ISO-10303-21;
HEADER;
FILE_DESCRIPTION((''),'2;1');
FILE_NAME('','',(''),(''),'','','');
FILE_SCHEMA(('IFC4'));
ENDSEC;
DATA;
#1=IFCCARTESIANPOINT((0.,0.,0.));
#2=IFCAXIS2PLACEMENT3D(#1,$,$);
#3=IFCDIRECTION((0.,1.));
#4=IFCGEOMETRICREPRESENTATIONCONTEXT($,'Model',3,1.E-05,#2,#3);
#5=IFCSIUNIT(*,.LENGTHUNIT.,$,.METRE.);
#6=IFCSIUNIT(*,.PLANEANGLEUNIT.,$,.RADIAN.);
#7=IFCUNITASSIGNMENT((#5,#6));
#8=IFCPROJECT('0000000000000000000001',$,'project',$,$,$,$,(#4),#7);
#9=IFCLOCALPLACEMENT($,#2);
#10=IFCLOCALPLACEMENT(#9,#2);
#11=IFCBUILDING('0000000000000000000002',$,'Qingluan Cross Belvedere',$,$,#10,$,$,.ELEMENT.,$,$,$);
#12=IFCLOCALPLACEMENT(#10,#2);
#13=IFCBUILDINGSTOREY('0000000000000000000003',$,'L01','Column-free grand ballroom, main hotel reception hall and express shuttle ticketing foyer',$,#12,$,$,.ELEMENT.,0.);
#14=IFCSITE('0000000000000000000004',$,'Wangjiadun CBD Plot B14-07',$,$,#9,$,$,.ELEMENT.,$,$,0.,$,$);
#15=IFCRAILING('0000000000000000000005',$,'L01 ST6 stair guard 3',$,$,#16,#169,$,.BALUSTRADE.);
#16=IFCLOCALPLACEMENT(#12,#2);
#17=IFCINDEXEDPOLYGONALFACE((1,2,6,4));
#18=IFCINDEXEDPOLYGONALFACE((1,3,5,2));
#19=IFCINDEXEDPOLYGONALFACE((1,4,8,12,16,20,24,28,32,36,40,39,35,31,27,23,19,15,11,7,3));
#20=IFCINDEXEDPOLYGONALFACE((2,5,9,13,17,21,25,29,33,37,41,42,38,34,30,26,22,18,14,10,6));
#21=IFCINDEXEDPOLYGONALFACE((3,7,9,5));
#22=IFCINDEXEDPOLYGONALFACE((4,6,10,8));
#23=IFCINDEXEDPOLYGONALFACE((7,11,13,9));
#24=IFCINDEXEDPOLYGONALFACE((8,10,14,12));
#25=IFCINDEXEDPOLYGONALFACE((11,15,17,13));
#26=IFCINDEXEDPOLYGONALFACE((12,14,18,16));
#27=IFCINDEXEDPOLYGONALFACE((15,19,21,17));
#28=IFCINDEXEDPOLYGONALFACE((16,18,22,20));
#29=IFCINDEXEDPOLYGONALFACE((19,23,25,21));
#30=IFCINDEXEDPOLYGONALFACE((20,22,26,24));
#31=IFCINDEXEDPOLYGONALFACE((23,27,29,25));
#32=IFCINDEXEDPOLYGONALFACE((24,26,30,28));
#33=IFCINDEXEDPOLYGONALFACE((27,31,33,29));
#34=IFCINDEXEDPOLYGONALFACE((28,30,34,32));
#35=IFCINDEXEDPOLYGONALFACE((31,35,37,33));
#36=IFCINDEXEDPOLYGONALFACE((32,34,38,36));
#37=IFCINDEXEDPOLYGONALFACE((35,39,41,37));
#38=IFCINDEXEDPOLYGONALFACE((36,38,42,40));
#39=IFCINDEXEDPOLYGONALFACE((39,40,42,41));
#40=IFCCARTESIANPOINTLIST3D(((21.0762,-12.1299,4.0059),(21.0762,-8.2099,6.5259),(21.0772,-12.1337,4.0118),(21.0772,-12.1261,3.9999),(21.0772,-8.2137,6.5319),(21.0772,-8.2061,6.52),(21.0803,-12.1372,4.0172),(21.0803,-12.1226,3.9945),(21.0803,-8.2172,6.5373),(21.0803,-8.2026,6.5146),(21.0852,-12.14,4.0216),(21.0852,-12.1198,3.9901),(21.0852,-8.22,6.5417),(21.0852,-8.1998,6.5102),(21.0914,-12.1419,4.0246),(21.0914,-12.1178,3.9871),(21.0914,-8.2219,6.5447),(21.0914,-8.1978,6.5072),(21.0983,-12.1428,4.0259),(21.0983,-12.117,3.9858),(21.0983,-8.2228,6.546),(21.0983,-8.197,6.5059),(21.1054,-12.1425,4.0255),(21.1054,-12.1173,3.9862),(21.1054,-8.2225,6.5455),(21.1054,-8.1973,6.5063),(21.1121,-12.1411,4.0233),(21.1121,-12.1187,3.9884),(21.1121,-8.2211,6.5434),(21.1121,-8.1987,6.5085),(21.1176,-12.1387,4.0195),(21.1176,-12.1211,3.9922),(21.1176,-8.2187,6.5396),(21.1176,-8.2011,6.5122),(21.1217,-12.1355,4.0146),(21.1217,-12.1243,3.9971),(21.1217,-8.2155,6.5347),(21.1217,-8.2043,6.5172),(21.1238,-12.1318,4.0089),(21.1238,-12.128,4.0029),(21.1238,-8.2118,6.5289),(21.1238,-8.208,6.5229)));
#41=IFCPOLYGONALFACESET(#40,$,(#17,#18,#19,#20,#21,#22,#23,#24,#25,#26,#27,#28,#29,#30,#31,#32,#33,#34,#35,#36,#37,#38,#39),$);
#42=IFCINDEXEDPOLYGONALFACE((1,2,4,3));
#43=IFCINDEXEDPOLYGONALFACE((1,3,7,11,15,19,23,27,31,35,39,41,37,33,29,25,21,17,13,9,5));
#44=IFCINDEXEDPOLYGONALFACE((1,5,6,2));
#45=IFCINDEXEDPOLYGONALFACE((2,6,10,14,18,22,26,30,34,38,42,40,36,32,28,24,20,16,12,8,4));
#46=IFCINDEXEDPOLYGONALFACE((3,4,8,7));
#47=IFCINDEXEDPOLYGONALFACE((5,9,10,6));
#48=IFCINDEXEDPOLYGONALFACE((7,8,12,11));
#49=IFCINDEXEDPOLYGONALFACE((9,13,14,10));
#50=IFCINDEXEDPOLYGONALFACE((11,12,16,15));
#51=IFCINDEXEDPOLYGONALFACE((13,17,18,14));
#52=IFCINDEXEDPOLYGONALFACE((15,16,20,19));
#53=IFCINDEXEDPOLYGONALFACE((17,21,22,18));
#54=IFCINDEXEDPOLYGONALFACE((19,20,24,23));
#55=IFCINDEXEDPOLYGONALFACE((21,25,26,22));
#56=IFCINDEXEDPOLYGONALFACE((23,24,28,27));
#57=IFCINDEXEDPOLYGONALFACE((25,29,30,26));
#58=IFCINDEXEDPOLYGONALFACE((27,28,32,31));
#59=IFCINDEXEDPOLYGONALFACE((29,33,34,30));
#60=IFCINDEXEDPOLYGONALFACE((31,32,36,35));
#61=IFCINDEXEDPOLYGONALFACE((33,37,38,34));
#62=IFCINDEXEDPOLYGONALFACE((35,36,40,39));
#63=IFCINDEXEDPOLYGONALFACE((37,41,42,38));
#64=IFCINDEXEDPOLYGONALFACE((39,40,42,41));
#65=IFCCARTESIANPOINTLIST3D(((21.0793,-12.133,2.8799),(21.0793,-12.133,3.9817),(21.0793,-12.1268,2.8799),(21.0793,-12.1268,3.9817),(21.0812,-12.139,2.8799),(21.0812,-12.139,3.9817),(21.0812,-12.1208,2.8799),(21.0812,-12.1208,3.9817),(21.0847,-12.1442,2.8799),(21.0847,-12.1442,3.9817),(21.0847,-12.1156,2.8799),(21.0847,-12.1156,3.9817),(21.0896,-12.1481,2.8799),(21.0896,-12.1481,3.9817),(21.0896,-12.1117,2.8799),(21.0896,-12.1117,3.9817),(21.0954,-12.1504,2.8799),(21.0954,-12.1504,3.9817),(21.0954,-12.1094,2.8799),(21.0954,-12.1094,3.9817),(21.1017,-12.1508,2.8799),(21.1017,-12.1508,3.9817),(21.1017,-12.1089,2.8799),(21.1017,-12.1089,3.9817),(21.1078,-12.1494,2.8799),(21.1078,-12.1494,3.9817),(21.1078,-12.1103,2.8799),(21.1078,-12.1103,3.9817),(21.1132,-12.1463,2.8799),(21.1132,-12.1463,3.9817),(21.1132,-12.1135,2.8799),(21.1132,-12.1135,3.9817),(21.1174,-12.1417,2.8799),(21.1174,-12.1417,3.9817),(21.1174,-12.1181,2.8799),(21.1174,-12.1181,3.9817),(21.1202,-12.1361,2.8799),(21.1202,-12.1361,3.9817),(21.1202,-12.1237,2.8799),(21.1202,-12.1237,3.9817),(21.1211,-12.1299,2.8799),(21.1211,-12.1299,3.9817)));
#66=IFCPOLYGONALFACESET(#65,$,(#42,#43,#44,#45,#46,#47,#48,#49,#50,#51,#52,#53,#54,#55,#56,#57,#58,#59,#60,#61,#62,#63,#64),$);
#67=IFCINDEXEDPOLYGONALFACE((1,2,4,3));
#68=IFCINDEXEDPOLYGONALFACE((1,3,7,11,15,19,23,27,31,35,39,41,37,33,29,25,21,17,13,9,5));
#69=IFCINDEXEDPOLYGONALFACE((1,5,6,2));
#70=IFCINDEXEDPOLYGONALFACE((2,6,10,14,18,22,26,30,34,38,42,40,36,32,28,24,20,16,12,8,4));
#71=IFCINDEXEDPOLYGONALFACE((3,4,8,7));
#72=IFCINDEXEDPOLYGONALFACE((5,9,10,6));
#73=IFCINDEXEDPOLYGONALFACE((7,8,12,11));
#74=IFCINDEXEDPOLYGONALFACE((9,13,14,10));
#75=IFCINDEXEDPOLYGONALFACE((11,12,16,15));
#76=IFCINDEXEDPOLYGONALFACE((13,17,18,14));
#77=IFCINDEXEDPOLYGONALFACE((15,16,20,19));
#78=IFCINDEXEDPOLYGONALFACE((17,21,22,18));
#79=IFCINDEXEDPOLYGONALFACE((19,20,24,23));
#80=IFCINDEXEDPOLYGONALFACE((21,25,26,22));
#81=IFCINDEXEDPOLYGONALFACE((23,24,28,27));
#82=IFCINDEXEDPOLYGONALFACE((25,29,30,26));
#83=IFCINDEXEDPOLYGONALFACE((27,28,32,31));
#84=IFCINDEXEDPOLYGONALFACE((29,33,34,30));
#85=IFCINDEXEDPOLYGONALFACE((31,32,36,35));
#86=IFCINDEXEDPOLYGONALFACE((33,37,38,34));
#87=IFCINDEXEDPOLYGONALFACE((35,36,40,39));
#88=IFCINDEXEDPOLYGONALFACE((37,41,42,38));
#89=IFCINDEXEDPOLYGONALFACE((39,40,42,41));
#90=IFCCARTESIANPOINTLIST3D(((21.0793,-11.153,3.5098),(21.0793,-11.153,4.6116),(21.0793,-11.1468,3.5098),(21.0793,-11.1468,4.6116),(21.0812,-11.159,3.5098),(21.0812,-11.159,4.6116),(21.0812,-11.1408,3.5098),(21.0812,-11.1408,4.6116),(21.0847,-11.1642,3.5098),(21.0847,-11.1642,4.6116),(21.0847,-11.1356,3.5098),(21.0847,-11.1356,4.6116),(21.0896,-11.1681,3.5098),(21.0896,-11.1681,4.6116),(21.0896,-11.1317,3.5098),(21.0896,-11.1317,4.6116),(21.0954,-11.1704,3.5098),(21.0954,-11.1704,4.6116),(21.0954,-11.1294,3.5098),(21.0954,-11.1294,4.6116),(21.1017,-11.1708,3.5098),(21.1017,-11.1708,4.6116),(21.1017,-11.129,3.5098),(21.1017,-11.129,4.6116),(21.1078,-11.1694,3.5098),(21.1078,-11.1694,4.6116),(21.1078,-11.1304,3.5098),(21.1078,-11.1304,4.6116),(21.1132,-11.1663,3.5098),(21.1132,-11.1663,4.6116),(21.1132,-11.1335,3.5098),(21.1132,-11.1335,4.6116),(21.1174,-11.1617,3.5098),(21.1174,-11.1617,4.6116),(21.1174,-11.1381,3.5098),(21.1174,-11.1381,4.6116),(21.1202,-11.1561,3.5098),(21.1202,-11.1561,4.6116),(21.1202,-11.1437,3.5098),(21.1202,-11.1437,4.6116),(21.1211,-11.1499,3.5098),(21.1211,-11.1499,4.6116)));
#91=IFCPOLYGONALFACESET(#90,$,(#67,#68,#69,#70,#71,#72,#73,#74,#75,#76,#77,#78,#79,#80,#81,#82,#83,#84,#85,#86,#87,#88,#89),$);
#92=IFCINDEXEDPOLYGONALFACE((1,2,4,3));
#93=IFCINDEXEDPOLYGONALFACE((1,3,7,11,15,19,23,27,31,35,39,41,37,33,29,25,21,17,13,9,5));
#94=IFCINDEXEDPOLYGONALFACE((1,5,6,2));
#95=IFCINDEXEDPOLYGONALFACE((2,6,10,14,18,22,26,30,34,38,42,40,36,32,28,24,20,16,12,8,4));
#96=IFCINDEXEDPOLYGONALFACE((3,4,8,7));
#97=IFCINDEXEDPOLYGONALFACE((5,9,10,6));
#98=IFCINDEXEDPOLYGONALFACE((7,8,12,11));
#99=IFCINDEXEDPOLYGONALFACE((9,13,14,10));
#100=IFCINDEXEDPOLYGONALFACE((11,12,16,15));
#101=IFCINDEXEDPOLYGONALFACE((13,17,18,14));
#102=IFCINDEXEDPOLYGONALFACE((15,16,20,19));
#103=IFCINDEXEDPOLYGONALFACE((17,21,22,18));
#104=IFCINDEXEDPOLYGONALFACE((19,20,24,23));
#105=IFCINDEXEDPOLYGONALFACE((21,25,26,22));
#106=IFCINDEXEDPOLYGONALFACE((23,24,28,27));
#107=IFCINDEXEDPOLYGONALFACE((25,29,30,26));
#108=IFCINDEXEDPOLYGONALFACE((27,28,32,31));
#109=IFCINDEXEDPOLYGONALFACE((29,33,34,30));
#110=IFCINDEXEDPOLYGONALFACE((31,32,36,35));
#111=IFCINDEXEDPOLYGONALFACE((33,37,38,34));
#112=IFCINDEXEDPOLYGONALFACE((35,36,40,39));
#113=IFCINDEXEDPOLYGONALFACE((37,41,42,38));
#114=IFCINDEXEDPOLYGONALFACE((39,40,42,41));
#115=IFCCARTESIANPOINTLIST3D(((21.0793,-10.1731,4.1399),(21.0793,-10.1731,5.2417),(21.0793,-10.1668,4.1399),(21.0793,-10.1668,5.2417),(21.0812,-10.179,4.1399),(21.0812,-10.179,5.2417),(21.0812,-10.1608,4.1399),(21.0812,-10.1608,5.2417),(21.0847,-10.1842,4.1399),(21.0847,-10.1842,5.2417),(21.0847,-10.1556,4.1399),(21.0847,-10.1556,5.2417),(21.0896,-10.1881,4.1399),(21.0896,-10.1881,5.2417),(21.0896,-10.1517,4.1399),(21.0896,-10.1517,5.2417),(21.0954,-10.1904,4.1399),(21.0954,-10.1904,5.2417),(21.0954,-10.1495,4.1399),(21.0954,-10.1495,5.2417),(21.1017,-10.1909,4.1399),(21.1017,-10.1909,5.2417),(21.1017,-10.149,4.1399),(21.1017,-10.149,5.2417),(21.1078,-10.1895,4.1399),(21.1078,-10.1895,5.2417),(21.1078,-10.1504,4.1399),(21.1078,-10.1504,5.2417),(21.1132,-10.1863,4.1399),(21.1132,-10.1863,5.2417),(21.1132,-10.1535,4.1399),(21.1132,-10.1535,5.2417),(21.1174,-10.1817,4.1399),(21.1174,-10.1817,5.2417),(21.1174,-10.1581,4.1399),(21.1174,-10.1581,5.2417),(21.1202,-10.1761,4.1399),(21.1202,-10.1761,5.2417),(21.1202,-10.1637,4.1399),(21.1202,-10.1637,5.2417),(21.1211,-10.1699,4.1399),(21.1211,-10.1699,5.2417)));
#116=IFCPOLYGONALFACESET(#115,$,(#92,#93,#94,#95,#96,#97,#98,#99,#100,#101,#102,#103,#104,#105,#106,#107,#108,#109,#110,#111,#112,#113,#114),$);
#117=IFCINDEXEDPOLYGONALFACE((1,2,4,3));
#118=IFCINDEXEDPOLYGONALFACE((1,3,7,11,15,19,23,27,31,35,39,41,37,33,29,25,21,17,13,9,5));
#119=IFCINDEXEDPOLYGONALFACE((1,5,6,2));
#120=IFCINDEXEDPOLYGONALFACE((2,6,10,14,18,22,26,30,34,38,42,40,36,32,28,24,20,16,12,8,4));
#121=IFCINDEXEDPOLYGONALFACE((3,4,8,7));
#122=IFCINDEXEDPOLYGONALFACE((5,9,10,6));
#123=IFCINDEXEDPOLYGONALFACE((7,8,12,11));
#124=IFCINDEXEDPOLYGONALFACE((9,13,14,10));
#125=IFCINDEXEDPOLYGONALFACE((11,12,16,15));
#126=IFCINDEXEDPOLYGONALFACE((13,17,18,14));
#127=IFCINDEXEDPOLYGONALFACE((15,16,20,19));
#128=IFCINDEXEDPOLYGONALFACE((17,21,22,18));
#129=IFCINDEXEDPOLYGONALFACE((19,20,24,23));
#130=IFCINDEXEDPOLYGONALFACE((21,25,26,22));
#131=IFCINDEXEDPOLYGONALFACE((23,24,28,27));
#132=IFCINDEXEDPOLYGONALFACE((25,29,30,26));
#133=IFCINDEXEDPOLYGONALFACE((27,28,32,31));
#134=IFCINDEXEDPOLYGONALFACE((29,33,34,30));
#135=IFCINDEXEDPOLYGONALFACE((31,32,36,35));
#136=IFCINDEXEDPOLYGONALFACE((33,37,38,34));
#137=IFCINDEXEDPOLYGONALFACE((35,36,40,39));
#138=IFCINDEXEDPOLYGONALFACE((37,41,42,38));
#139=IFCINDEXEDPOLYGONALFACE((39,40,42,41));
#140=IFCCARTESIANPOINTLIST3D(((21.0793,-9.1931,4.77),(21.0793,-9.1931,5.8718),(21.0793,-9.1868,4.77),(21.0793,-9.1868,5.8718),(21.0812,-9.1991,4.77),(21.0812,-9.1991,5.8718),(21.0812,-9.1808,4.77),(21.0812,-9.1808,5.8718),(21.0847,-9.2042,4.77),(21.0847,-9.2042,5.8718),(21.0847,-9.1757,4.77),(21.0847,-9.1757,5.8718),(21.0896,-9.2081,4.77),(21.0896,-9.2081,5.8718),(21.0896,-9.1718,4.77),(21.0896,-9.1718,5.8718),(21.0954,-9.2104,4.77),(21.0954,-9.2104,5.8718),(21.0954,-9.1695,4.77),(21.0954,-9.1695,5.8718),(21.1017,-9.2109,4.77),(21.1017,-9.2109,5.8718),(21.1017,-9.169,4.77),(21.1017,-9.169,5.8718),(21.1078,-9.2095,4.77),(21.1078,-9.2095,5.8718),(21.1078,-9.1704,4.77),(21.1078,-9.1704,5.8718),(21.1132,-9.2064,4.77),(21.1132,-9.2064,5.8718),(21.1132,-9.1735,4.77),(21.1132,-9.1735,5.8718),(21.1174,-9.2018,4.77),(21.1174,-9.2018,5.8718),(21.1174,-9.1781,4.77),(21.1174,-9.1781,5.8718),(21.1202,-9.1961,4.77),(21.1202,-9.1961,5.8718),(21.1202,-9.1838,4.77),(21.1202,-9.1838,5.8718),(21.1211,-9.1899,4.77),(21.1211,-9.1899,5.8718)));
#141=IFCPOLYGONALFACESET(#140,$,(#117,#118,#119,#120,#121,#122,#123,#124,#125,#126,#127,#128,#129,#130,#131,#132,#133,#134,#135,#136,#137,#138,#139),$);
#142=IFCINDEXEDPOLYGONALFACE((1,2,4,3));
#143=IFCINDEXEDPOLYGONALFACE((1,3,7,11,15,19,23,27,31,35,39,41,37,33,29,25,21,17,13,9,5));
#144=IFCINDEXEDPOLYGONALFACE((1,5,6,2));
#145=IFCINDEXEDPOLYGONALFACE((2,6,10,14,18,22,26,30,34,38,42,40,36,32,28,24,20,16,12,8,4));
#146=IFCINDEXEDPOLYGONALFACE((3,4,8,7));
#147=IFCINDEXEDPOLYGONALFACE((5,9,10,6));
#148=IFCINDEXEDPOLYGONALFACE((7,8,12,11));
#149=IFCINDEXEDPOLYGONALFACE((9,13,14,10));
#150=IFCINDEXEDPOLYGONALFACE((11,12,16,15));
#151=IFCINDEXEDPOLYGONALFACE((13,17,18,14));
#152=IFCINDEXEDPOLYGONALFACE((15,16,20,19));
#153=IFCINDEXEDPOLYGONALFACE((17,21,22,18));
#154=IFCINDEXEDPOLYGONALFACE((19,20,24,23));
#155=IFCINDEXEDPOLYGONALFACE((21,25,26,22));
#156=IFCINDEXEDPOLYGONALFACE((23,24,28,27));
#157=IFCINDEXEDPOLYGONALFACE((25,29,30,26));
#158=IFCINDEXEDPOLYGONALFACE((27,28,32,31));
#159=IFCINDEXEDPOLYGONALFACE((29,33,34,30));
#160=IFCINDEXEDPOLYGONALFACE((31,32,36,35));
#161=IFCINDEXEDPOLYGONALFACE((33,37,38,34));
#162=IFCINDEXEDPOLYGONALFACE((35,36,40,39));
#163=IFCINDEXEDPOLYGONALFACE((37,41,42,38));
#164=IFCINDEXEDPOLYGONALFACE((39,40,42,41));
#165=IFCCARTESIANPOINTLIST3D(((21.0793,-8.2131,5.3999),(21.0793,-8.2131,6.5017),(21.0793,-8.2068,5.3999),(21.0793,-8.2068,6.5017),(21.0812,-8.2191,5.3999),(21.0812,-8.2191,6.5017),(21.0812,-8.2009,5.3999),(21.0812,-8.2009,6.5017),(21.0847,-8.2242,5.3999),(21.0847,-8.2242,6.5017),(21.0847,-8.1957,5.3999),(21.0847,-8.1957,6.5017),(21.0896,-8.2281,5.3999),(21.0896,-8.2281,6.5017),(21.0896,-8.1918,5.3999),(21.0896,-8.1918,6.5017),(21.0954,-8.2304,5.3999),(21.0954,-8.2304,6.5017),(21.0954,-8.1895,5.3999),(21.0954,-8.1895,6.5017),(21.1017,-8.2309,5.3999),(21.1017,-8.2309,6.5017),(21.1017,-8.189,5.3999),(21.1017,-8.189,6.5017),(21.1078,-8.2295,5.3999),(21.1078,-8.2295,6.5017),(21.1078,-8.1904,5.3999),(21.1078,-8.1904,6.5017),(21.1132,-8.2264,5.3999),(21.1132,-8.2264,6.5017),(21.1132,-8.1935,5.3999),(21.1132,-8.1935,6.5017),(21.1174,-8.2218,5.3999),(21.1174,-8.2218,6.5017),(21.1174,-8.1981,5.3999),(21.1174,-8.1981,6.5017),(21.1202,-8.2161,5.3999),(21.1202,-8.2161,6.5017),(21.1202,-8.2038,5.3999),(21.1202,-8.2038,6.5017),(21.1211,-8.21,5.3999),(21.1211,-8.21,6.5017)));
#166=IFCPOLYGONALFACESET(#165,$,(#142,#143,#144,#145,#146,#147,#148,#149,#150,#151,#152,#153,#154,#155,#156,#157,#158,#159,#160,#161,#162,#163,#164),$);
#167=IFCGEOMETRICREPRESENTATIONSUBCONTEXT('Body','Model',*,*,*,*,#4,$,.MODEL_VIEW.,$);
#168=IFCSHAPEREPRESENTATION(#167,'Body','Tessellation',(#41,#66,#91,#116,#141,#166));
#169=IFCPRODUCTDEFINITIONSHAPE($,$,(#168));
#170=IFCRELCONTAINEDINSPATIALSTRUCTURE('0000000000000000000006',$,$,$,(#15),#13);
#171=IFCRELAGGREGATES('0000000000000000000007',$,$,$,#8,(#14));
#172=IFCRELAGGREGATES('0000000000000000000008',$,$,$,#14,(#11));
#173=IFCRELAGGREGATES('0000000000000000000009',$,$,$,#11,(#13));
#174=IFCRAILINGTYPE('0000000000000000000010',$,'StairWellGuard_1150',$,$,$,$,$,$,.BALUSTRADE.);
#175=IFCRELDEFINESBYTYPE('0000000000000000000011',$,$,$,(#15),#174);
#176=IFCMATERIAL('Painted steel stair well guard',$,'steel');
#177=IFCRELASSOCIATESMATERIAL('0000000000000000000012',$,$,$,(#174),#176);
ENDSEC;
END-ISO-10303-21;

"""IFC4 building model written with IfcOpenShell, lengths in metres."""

from ifc_helpers import new_model, si_unit, direction, frame, origin, origin_2d, place, context, subcontext, project, spatial, circle, extrude, material, type_object, element, save


model = new_model("IFC4")

# Units and contexts
model_context = context("Model", 3, precision=1e-05, world=origin(), true_north=direction((0.0, 1.0)))
body_context = subcontext(model_context, "Body", "Model", "MODEL_VIEW")
ifc_project = project(units=[si_unit("LENGTHUNIT", "METRE"), si_unit("PLANEANGLEUNIT", "RADIAN")], contexts=[model_context])

# Site, building, storey
site_placement = place(None, origin())
site = spatial("IfcSite", under=ifc_project, at=site_placement, Name="Wangjiadun CBD Plot B14-07", CompositionType="ELEMENT", RefElevation=0.0)
building_placement = place(site_placement, origin())
building = spatial("IfcBuilding", under=site, at=building_placement, Name="Qingluan Cross Belvedere", CompositionType="ELEMENT")
storey_placement = place(building_placement, origin())
storey = spatial("IfcBuildingStorey", under=building, at=storey_placement, Name="L01", Description="Column-free grand ballroom, main hotel reception hall and express shuttle ticketing foyer", CompositionType="ELEMENT", Elevation=0.0)

# Railing
ifc_material_1 = material(Name="Painted steel stair well guard", Category="steel")
railing_type_1 = type_object("IfcRailingType", Name="StairWellGuard_1150", PredefinedType="BALUSTRADE", material=ifc_material_1)
railing_1_placement = place(storey_placement, frame((21.1001, -12.1299, 2.8799)))
element("IfcRailing", 1, at=railing_1_placement, inside=storey, type_object=railing_type_1, Name="L01 ST6 stair guard 3", PredefinedType="BALUSTRADE", context=body_context, shape_type="SweptSolid", body=[
    extrude(circle(Radius=0.0239, at=origin_2d()), frame((0.0, 0.0, 1.126), z_axis=(0.0, 0.841172, 0.540768), x_axis=(-1.0, 0.0, 0.0)), (0.0, 0.0, 1.0), 4.6602),
    extrude(circle(Radius=0.021, at=origin_2d()), origin(), (0.0, 0.0, 1.0), 1.1018),
    extrude(circle(Radius=0.021, at=origin_2d()), frame((0.0, 0.98, 0.6299)), (0.0, 0.0, 1.0), 1.1018),
    extrude(circle(Radius=0.021, at=origin_2d()), frame((0.0, 1.96, 1.26)), (0.0, 0.0, 1.0), 1.1018),
    extrude(circle(Radius=0.021, at=origin_2d()), frame((0.0, 2.9399, 1.8901)), (0.0, 0.0, 1.0), 1.1018),
    extrude(circle(Radius=0.021, at=origin_2d()), frame((0.0, 3.9199, 2.52)), (0.0, 0.0, 1.0), 1.1018),
])

save(model, "model.ifc")
